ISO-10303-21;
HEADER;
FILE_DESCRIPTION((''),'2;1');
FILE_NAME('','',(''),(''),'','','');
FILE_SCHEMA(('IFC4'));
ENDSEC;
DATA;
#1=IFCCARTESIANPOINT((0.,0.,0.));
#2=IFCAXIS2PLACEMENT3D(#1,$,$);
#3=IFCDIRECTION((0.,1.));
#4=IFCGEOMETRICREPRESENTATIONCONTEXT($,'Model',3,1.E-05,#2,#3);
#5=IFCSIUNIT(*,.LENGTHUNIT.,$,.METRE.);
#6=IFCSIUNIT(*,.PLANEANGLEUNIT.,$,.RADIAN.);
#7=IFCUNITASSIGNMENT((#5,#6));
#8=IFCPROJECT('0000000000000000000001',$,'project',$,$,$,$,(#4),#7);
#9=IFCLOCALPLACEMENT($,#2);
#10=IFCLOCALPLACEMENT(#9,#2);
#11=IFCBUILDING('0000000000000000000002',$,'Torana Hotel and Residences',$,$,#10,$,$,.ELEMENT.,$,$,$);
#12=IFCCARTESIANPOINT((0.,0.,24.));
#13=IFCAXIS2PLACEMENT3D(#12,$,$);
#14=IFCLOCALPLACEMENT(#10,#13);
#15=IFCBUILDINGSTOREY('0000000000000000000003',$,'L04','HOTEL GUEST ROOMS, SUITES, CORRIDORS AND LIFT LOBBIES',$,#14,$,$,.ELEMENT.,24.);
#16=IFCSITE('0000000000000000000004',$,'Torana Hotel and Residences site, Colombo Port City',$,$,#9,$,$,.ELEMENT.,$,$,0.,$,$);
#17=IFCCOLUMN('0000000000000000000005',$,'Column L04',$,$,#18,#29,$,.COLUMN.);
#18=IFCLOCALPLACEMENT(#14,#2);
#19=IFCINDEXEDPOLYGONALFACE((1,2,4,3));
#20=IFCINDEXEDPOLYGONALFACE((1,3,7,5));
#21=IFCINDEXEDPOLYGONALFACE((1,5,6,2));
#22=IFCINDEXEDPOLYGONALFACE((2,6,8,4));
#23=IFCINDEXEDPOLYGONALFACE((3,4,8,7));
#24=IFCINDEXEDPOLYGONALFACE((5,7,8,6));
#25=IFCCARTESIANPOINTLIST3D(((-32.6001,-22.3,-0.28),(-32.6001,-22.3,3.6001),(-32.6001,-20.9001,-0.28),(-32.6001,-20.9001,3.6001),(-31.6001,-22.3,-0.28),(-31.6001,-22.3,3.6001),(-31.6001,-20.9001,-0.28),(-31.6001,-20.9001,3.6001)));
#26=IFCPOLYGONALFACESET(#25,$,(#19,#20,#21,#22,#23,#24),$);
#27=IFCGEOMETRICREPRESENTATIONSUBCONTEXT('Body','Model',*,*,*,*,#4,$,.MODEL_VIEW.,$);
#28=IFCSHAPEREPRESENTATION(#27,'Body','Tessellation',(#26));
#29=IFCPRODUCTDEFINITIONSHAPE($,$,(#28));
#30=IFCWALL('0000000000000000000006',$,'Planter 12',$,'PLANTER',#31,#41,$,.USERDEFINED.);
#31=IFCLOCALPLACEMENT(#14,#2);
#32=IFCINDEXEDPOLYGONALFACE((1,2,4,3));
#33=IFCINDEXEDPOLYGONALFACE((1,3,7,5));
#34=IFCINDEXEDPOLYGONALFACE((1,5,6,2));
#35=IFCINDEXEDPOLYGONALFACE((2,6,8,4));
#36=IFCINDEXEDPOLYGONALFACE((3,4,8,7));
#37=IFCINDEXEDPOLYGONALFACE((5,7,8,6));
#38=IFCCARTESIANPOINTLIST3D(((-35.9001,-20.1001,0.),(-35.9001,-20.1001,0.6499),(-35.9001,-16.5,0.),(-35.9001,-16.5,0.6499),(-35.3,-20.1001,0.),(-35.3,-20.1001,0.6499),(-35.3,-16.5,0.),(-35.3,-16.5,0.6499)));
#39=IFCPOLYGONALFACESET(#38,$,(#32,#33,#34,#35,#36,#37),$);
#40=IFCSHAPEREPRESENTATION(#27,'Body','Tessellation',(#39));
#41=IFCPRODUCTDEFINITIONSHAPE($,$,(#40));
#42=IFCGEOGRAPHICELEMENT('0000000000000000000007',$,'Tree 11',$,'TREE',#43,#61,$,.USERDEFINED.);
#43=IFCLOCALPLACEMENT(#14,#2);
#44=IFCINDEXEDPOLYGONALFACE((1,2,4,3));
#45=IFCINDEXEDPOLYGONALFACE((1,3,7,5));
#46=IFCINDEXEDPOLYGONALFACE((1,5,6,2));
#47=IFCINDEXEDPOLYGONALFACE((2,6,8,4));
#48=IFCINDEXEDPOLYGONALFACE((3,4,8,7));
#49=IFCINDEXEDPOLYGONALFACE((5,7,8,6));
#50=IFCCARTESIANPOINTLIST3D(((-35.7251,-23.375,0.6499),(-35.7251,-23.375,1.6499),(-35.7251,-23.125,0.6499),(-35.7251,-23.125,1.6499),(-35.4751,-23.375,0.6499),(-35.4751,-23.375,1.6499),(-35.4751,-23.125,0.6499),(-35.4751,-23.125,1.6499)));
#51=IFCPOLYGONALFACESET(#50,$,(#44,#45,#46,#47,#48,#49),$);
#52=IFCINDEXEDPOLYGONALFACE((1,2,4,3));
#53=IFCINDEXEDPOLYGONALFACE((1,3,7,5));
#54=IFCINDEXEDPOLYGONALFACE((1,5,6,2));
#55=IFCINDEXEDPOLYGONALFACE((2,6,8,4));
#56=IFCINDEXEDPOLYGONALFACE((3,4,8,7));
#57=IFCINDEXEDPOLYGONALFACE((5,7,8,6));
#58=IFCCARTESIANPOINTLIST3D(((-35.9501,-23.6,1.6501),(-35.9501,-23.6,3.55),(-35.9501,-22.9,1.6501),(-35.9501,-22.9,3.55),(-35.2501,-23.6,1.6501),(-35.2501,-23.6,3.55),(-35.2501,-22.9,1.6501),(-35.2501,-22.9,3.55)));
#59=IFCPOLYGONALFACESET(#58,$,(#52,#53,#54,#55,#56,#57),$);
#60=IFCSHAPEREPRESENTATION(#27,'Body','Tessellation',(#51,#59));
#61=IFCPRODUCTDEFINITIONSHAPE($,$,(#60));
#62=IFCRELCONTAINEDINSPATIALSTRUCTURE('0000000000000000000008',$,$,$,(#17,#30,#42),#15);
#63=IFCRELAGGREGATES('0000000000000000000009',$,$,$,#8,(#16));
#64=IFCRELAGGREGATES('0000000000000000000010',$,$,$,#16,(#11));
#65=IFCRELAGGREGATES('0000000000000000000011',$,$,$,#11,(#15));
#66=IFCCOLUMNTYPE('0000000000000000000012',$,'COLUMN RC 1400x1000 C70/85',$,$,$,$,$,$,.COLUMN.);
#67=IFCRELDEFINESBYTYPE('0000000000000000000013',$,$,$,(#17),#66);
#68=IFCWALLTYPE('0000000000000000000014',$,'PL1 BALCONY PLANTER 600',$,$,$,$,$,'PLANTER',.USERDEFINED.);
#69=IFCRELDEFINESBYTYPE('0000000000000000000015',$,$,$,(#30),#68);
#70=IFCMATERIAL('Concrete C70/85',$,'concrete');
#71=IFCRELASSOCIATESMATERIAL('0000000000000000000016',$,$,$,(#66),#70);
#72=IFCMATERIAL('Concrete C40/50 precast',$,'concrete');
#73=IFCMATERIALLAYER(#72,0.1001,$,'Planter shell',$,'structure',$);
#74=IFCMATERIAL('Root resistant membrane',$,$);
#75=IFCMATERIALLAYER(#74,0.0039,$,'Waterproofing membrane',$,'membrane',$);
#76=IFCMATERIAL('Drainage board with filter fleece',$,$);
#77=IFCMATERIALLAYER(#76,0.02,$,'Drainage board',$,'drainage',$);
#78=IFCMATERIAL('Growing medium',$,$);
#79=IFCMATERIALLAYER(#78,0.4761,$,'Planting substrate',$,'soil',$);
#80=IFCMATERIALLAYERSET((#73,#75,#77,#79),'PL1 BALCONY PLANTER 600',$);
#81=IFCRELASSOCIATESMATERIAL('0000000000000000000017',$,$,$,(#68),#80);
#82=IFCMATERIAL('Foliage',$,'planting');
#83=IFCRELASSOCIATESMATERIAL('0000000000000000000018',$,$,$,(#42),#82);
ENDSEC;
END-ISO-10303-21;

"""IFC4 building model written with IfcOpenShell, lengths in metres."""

from ifc_helpers import new_model, si_unit, direction, frame, frame_2d, origin, origin_2d, place, context, subcontext, project, spatial, rectangle, extrude, material, layer, layer_set, material_profile, profile_set, type_object, element, save


model = new_model("IFC4")

# Units and contexts
model_context = context("Model", 3, precision=1e-05, world=origin(), true_north=direction((0.0, 1.0)))
body_context = subcontext(model_context, "Body", "Model", "MODEL_VIEW")
ifc_project = project(units=[si_unit("LENGTHUNIT", "METRE"), si_unit("PLANEANGLEUNIT", "RADIAN")], contexts=[model_context])

# Site, building, storey
site_placement = place(None, origin())
site = spatial("IfcSite", under=ifc_project, at=site_placement, Name="Torana Hotel and Residences site, Colombo Port City", CompositionType="ELEMENT", RefElevation=0.0)
building_placement = place(site_placement, origin())
building = spatial("IfcBuilding", under=site, at=building_placement, Name="Torana Hotel and Residences", CompositionType="ELEMENT")
storey_placement = place(building_placement, frame((0.0, 0.0, 24.0)))
storey = spatial("IfcBuildingStorey", under=building, at=storey_placement, Name="L04", Description="HOTEL GUEST ROOMS, SUITES, CORRIDORS AND LIFT LOBBIES", CompositionType="ELEMENT", Elevation=24.0)

# Column
ifc_material_1 = material(Name="Concrete C70/85", Category="concrete")
ifc_material_profile = material_profile(ifc_material_1, rectangle(XDim=1.3999, YDim=1.0, at=origin_2d()), Name="RC 1400x1000")
ifc_profile_set = profile_set([ifc_material_profile], Name="Concrete C70/85")
column_type = type_object("IfcColumnType", Name="COLUMN RC 1400x1000 C70/85", PredefinedType="COLUMN", material=ifc_profile_set)
column_placement = place(storey_placement, frame((-32.1001, -21.6001, -0.28), z_axis=(0.0, 0.0, 1.0), x_axis=(0.0, 1.0, 0.0)))
element("IfcColumn", 1, at=column_placement, inside=storey, type_object=column_type, Name="Column L04", PredefinedType="COLUMN", context=body_context, shape_type="SweptSolid", body=[
    extrude(rectangle(XDim=1.3999, YDim=1.0, at=origin_2d()), origin(), (0.0, 0.0, 1.0), 3.8801),
])

# Wall
ifc_material_2 = material(Name="Concrete C40/50 precast", Category="concrete")
ifc_layer_1 = layer(ifc_material_2, 0.1001, Name="Planter shell", Category="structure")
ifc_material_3 = material(Name="Root resistant membrane")
ifc_layer_2 = layer(ifc_material_3, 0.0039, Name="Waterproofing membrane", Category="membrane")
ifc_material_4 = material(Name="Drainage board with filter fleece")
ifc_layer_3 = layer(ifc_material_4, 0.02, Name="Drainage board", Category="drainage")
ifc_material_5 = material(Name="Growing medium")
ifc_layer_4 = layer(ifc_material_5, 0.4761, Name="Planting substrate", Category="soil")
ifc_layer_set = layer_set([ifc_layer_1, ifc_layer_2, ifc_layer_3, ifc_layer_4], Name="PL1 BALCONY PLANTER 600")
wall_type = type_object("IfcWallType", Name="PL1 BALCONY PLANTER 600", ElementType="PLANTER", PredefinedType="USERDEFINED", material=ifc_layer_set)
wall_placement = place(storey_placement, frame((-35.6001, -20.1001, 0.0), z_axis=(0.0, 0.0, 1.0), x_axis=(0.0, 1.0, 0.0)))
element("IfcWall", 2, at=wall_placement, inside=storey, type_object=wall_type, Name="Planter 12", ObjectType="PLANTER", PredefinedType="USERDEFINED", context=body_context, shape_type="SweptSolid", body=[
    extrude(rectangle(XDim=3.6001, YDim=0.6001, at=frame_2d((1.8, 0.0))), origin(), (0.0, 0.0, 1.0), 0.6499),
])

# Geographic element
ifc_material_6 = material(Name="Foliage", Category="planting")
geographic_element_placement = place(storey_placement, frame((-35.6001, -23.25, 0.6499), z_axis=(0.0, 0.0, 1.0), x_axis=(1.0, 0.0, 0.0)))
element("IfcGeographicElement", 3, at=geographic_element_placement, inside=storey, material=ifc_material_6, Name="Tree 11", ObjectType="TREE", PredefinedType="USERDEFINED", context=body_context, shape_type="SweptSolid", body=[
    extrude(rectangle(XDim=0.25, YDim=0.25, at=origin_2d()), origin(), (0.0, 0.0, 1.0), 1.0),
    extrude(rectangle(XDim=0.7, YDim=0.7, at=origin_2d()), frame((0.0, 0.0, 1.0002)), (0.0, 0.0, 1.0), 1.8999),
])

save(model, "model.ifc")
